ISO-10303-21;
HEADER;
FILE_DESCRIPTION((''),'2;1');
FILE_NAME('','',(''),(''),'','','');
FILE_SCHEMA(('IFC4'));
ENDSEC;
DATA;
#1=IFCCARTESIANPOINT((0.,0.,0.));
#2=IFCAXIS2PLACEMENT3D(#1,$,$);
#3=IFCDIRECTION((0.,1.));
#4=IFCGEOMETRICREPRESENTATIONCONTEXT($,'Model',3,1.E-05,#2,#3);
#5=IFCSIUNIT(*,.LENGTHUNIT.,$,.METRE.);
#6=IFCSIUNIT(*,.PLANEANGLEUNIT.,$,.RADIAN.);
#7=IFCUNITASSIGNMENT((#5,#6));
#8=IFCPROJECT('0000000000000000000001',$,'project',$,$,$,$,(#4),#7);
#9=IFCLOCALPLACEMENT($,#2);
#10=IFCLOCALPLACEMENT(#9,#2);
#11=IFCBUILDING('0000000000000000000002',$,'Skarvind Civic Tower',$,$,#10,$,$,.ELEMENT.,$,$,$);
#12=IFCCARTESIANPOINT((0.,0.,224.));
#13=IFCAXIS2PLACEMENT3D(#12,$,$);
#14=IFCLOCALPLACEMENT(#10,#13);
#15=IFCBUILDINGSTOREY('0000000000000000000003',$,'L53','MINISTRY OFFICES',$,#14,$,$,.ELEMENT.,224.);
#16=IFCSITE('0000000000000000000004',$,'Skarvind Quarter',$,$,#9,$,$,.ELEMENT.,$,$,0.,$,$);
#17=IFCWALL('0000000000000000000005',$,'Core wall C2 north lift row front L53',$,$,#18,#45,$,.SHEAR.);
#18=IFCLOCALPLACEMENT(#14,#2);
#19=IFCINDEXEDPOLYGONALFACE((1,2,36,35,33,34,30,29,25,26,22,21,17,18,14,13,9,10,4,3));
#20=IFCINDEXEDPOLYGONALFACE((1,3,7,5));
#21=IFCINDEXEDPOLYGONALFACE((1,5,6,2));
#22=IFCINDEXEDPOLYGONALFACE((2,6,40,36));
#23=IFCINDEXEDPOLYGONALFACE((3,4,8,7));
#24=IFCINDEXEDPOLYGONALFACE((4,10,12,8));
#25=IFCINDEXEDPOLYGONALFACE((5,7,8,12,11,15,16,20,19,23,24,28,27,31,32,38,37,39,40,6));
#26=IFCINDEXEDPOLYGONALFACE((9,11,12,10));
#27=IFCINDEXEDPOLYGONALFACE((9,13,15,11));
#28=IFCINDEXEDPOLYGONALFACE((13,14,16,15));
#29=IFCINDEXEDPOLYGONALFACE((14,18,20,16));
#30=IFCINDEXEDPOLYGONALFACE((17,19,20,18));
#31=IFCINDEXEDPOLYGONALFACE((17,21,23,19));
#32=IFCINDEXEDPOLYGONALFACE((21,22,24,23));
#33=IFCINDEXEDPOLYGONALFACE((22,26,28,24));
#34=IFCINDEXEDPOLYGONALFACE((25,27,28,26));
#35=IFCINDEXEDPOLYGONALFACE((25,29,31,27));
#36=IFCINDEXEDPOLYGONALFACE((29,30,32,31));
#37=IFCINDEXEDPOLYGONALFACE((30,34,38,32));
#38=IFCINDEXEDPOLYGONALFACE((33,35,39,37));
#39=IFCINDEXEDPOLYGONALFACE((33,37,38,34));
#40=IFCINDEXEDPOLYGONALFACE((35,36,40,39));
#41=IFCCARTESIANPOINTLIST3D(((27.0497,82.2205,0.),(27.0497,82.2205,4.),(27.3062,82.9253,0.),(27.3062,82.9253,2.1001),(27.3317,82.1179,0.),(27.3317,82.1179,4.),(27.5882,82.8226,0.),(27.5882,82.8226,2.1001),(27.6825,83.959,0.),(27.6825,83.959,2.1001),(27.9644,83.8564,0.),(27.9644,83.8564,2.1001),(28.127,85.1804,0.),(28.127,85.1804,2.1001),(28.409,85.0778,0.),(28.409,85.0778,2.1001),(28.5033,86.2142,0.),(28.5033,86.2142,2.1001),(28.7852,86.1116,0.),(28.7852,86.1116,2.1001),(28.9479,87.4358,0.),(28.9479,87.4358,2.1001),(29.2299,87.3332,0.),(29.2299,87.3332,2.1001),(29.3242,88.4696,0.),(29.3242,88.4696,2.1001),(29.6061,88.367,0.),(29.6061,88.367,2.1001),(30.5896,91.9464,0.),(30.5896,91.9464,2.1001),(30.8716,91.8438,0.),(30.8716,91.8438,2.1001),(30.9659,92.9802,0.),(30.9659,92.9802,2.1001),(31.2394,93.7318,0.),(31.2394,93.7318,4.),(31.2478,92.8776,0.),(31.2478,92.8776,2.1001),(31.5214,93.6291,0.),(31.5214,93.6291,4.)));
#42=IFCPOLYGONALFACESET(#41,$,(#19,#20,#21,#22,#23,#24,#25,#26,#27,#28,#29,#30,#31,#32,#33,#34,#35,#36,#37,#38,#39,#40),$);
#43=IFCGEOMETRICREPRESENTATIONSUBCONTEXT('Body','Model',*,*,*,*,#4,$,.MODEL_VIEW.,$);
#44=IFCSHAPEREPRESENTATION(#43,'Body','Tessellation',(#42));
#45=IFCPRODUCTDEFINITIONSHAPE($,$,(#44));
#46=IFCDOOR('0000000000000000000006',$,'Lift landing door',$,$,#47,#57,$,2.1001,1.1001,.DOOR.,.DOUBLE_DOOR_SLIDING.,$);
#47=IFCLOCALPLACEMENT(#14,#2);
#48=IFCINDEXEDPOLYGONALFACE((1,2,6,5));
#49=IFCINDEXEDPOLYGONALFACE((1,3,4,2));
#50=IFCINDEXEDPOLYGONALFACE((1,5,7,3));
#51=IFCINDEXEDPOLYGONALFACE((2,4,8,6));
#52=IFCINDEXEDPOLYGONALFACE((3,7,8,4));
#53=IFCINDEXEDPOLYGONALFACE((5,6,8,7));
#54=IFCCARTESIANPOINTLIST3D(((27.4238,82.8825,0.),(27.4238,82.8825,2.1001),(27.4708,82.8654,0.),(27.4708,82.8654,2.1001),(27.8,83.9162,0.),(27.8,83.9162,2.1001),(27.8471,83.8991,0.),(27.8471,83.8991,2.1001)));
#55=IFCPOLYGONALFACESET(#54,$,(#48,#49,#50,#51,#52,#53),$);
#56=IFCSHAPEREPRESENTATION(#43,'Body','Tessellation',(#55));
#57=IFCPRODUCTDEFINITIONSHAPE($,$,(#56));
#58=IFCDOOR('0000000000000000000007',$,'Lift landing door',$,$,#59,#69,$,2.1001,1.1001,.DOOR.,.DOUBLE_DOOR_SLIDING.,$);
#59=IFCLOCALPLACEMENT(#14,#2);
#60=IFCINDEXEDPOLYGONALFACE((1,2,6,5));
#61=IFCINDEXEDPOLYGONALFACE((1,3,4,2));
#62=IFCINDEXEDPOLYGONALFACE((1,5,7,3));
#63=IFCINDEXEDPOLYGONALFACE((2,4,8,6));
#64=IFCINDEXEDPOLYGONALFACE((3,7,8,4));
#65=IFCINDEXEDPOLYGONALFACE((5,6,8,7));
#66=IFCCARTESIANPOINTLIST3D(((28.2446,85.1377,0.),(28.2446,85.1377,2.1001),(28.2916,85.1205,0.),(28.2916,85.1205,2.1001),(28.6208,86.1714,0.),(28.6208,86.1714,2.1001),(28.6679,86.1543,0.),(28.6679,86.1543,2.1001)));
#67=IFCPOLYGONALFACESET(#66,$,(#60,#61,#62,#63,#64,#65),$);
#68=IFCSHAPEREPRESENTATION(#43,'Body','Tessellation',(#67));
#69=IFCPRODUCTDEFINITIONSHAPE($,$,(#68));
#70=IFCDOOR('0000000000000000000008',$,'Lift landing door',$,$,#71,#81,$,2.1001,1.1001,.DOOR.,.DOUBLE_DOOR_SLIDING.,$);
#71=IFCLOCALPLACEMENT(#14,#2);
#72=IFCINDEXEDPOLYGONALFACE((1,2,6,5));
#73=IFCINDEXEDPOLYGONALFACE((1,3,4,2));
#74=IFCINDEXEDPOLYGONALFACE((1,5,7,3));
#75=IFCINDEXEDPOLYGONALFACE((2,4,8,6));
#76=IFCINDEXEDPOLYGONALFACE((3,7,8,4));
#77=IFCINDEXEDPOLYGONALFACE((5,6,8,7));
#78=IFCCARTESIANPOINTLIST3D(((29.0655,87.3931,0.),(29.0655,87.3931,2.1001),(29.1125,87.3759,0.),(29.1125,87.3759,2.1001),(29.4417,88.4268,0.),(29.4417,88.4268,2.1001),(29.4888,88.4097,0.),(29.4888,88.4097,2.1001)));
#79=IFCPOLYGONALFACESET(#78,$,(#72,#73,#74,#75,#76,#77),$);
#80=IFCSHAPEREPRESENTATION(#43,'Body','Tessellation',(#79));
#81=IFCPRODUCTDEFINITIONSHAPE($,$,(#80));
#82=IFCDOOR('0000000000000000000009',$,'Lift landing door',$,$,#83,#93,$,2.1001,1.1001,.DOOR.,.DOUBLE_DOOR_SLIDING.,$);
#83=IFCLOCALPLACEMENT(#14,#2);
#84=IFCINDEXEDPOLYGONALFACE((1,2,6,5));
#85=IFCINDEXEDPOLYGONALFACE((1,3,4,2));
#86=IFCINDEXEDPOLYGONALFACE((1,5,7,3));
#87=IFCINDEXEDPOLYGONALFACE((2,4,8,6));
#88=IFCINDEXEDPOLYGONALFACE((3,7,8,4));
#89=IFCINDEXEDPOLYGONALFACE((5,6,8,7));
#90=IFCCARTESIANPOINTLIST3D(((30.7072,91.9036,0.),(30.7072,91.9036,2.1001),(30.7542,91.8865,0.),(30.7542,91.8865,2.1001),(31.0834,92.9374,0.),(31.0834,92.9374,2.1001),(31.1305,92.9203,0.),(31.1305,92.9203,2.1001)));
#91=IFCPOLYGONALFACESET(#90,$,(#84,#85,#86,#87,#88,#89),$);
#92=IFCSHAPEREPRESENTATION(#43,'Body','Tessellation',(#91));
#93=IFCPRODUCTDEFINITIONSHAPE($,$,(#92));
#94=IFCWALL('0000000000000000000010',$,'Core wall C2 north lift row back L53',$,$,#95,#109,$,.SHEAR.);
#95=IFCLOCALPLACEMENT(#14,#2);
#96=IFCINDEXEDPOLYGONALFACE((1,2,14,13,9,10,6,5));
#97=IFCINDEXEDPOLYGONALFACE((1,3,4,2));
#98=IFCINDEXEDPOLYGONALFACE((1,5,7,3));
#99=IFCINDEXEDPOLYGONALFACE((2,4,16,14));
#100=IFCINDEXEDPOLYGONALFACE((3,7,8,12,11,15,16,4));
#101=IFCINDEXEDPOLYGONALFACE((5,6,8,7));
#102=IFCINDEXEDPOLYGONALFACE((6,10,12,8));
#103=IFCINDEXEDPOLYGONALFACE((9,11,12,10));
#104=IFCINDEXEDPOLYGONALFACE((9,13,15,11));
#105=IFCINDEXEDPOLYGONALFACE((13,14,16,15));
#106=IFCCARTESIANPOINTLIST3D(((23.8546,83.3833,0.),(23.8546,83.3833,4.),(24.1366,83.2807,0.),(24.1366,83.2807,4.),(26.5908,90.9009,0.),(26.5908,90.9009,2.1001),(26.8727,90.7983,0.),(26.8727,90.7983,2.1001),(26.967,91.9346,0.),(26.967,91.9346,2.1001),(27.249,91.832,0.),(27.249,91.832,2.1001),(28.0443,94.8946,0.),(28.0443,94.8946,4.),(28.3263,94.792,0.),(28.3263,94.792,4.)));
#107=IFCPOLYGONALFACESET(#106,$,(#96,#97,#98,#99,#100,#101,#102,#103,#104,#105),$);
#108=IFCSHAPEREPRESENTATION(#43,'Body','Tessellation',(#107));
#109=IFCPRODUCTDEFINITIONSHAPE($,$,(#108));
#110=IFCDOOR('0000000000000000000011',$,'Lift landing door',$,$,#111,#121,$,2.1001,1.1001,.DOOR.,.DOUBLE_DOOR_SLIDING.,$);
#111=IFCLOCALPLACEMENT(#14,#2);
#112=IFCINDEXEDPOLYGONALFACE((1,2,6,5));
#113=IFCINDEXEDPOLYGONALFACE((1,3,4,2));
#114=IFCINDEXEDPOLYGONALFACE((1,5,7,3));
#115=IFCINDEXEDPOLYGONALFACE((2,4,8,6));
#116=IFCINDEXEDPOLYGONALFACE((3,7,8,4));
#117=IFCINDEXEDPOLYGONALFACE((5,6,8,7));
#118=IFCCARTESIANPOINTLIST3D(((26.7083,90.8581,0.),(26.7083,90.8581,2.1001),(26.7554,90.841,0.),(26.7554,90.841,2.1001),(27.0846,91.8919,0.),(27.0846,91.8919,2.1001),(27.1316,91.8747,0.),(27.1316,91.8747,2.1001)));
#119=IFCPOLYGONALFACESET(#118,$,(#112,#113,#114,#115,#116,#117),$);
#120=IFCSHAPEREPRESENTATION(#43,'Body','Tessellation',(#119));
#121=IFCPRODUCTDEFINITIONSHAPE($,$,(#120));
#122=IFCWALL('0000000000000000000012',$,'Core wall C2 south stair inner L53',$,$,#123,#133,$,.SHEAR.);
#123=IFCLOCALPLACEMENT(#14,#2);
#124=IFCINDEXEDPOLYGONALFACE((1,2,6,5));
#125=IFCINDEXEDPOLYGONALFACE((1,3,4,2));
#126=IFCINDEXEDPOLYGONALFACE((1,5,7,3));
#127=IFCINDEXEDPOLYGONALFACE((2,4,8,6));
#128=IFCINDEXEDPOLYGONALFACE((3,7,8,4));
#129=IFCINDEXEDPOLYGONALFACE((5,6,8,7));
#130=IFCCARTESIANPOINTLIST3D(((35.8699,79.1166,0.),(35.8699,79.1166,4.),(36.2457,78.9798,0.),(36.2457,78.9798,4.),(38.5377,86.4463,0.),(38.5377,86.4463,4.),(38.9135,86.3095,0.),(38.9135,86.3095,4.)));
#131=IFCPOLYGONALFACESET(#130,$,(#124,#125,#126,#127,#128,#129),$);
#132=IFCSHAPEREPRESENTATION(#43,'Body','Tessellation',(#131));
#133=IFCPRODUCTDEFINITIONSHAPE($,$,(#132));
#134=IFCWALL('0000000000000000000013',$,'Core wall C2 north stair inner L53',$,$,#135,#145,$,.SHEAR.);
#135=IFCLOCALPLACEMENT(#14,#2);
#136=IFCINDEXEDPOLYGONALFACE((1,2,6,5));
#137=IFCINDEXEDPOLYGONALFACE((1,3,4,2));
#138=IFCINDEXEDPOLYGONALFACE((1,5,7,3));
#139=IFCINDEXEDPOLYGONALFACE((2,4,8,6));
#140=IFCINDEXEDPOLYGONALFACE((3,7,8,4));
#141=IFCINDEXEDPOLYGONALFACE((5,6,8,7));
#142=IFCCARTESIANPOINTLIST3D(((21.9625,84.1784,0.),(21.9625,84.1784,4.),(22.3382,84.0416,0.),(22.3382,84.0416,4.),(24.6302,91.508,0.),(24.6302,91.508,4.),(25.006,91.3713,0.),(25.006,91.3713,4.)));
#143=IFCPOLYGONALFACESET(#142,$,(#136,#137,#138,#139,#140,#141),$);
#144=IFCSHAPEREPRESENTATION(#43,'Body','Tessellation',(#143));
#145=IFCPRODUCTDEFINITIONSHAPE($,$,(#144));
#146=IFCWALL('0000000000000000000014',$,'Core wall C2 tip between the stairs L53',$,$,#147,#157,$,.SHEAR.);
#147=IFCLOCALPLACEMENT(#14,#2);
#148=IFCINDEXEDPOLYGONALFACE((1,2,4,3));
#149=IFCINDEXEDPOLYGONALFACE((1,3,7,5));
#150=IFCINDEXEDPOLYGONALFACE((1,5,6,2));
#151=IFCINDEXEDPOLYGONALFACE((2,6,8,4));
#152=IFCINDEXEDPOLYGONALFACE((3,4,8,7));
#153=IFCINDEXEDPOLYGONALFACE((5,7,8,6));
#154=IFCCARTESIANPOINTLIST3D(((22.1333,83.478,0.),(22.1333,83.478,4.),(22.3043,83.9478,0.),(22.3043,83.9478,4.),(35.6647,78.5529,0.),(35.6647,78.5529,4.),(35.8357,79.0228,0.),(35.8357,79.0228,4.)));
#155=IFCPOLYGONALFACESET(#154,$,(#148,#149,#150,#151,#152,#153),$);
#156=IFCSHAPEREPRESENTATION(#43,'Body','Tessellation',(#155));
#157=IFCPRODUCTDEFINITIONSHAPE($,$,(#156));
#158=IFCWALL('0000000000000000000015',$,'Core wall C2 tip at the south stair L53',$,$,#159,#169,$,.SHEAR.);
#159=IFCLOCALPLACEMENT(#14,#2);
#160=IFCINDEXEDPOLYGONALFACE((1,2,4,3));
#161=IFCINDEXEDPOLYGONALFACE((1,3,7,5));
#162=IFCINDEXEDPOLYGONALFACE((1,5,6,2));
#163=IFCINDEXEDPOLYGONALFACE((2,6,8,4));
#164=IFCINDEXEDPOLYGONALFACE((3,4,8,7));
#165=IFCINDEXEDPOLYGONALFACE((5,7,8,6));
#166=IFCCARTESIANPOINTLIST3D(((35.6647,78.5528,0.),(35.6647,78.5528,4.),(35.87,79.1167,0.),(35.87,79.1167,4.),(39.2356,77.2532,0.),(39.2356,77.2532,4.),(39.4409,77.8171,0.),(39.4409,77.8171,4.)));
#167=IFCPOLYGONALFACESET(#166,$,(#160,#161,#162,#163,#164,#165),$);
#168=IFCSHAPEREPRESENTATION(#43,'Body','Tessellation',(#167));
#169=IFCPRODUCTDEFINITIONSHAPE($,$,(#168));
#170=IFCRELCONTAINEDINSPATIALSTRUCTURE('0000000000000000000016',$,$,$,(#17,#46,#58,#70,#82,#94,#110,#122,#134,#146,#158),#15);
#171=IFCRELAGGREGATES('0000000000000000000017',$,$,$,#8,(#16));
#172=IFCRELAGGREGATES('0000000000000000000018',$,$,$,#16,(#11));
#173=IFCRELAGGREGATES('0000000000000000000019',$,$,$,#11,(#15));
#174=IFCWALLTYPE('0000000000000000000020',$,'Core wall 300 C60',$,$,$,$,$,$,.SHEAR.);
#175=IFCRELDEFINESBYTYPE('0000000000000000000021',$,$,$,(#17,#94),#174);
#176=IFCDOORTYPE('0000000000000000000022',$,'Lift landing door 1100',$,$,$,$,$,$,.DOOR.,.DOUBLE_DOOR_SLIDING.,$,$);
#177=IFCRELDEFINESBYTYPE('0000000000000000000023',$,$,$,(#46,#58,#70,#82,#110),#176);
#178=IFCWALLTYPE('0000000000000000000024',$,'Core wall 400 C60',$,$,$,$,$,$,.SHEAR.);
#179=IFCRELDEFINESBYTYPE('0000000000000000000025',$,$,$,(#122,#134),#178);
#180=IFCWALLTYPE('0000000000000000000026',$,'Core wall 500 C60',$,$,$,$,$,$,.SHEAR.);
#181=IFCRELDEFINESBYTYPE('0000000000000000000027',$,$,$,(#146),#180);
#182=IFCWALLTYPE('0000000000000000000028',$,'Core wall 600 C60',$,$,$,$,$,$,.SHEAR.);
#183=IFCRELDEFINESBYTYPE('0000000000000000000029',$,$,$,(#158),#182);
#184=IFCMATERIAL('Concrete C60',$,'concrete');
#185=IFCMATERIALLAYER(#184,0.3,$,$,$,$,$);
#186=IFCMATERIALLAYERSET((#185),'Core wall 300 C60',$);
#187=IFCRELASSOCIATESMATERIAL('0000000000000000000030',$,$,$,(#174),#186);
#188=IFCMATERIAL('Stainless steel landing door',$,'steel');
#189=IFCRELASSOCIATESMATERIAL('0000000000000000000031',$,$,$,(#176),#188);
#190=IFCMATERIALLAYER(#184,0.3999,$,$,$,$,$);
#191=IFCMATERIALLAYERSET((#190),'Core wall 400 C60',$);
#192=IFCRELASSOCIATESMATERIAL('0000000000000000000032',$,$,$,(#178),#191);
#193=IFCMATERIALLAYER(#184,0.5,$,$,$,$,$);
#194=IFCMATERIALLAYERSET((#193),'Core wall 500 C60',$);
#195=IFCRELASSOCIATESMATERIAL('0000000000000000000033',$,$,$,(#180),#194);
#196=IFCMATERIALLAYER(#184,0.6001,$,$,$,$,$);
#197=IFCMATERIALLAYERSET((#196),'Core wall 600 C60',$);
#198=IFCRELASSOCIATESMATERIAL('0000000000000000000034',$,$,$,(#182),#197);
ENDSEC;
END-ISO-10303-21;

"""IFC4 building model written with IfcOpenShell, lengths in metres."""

from ifc_helpers import new_model, si_unit, direction, frame, frame_2d, origin, place, context, subcontext, project, spatial, rectangle, extrude, material, layer, layer_set, type_object, element, fill, save


model = new_model("IFC4")

# Units and contexts
model_context = context("Model", 3, precision=1e-05, world=origin(), true_north=direction((0.0, 1.0)))
body_context = subcontext(model_context, "Body", "Model", "MODEL_VIEW")
ifc_project = project(units=[si_unit("LENGTHUNIT", "METRE"), si_unit("PLANEANGLEUNIT", "RADIAN")], contexts=[model_context])

# Site, building, storey
site_placement = place(None, origin())
site = spatial("IfcSite", under=ifc_project, at=site_placement, Name="Skarvind Quarter", CompositionType="ELEMENT", RefElevation=0.0)
building_placement = place(site_placement, origin())
building = spatial("IfcBuilding", under=site, at=building_placement, Name="Skarvind Civic Tower", CompositionType="ELEMENT")
storey_placement = place(building_placement, frame((0.0, 0.0, 224.0)))
storey = spatial("IfcBuildingStorey", under=building, at=storey_placement, Name="L53", Description="MINISTRY OFFICES", CompositionType="ELEMENT", Elevation=224.0)

# Shared definitions
ifc_material_1 = material(Name="Concrete C60", Category="concrete")
ifc_layer_1 = layer(ifc_material_1, 0.3)
ifc_layer_set_1 = layer_set([ifc_layer_1], Name="Core wall 300 C60")
wall_type_1 = type_object("IfcWallType", Name="Core wall 300 C60", PredefinedType="SHEAR", material=ifc_layer_set_1)

# Wall, openings, doors
wall_1_placement = place(storey_placement, frame((27.1907, 82.1692, 0.0), z_axis=(0.0, 0.0, 1.0), x_axis=(0.342017, 0.939694, 0.0)))
wall_1 = element("IfcWall", 1, at=wall_1_placement, inside=storey, type_object=wall_type_1, Name="Core wall C2 north lift row front L53", PredefinedType="SHEAR", context=body_context, shape_type="SweptSolid", body=[
    extrude(rectangle(XDim=12.25, YDim=0.3, at=frame_2d((6.125, 0.0))), origin(), (0.0, 0.0, 1.0), 4.0),
])
opening_1_placement = place(wall_1_placement, frame((0.75, 0.0, 0.0)))
opening_1 = element("IfcOpeningElement", 2, at=opening_1_placement, cuts=wall_1, PredefinedType="OPENING", context=body_context, shape_type="SweptSolid", body=[
    extrude(rectangle(XDim=1.1001, YDim=2.1001, at=frame_2d((0.55, 1.05))), frame((0.0, 0.1599, 0.0), z_axis=(0.0, -1.0, 0.0), x_axis=(1.0, 0.0, 0.0)), (0.0, 0.0, 1.0), 0.3201),
])
opening_2_placement = place(wall_1_placement, frame((3.1499, 0.0, 0.0)))
opening_2 = element("IfcOpeningElement", 3, at=opening_2_placement, cuts=wall_1, PredefinedType="OPENING", context=body_context, shape_type="SweptSolid", body=[
    extrude(rectangle(XDim=1.1001, YDim=2.1001, at=frame_2d((0.55, 1.05))), frame((0.0, 0.1599, 0.0), z_axis=(0.0, -1.0, 0.0), x_axis=(1.0, 0.0, 0.0)), (0.0, 0.0, 1.0), 0.3201),
])
opening_3_placement = place(wall_1_placement, frame((5.55, 0.0, 0.0)))
opening_3 = element("IfcOpeningElement", 4, at=opening_3_placement, cuts=wall_1, PredefinedType="OPENING", context=body_context, shape_type="SweptSolid", body=[
    extrude(rectangle(XDim=1.1001, YDim=2.1001, at=frame_2d((0.55, 1.05))), frame((0.0, 0.1599, 0.0), z_axis=(0.0, -1.0, 0.0), x_axis=(1.0, 0.0, 0.0)), (0.0, 0.0, 1.0), 0.3201),
])
opening_4_placement = place(wall_1_placement, frame((10.3501, 0.0, 0.0)))
opening_4 = element("IfcOpeningElement", 5, at=opening_4_placement, cuts=wall_1, PredefinedType="OPENING", context=body_context, shape_type="SweptSolid", body=[
    extrude(rectangle(XDim=1.1001, YDim=2.1001, at=frame_2d((0.55, 1.05))), frame((0.0, 0.1599, 0.0), z_axis=(0.0, -1.0, 0.0), x_axis=(1.0, 0.0, 0.0)), (0.0, 0.0, 1.0), 0.3201),
])
ifc_material_2 = material(Name="Stainless steel landing door", Category="steel")
door_type_1 = type_object("IfcDoorType", Name="Lift landing door 1100", OperationType="DOUBLE_DOOR_SLIDING", PredefinedType="DOOR", material=ifc_material_2)
door_1_placement = place(opening_1_placement, origin())
door_1 = element("IfcDoor", 6, at=door_1_placement, inside=storey, type_object=door_type_1, Name="Lift landing door", OperationType="DOUBLE_DOOR_SLIDING", OverallHeight=2.1001, OverallWidth=1.1001, PredefinedType="DOOR", context=body_context, shape_type="SweptSolid", body=[
    extrude(rectangle(XDim=1.1001, YDim=2.1001, at=frame_2d((0.55, 1.05))), frame((0.0, 0.0249, 0.0), z_axis=(0.0, -1.0, 0.0), x_axis=(1.0, 0.0, 0.0)), (0.0, 0.0, 1.0), 0.05),
])
fill(opening_1, door_1)
door_2_placement = place(opening_2_placement, origin())
door_2 = element("IfcDoor", 7, at=door_2_placement, inside=storey, type_object=door_type_1, Name="Lift landing door", OperationType="DOUBLE_DOOR_SLIDING", OverallHeight=2.1001, OverallWidth=1.1001, PredefinedType="DOOR", context=body_context, shape_type="SweptSolid", body=[
    extrude(rectangle(XDim=1.1001, YDim=2.1001, at=frame_2d((0.55, 1.05))), frame((0.0, 0.0249, 0.0), z_axis=(0.0, -1.0, 0.0), x_axis=(1.0, 0.0, 0.0)), (0.0, 0.0, 1.0), 0.05),
])
fill(opening_2, door_2)
door_3_placement = place(opening_3_placement, origin())
door_3 = element("IfcDoor", 8, at=door_3_placement, inside=storey, type_object=door_type_1, Name="Lift landing door", OperationType="DOUBLE_DOOR_SLIDING", OverallHeight=2.1001, OverallWidth=1.1001, PredefinedType="DOOR", context=body_context, shape_type="SweptSolid", body=[
    extrude(rectangle(XDim=1.1001, YDim=2.1001, at=frame_2d((0.55, 1.05))), frame((0.0, 0.0249, 0.0), z_axis=(0.0, -1.0, 0.0), x_axis=(1.0, 0.0, 0.0)), (0.0, 0.0, 1.0), 0.05),
])
fill(opening_3, door_3)
door_4_placement = place(opening_4_placement, origin())
door_4 = element("IfcDoor", 9, at=door_4_placement, inside=storey, type_object=door_type_1, Name="Lift landing door", OperationType="DOUBLE_DOOR_SLIDING", OverallHeight=2.1001, OverallWidth=1.1001, PredefinedType="DOOR", context=body_context, shape_type="SweptSolid", body=[
    extrude(rectangle(XDim=1.1001, YDim=2.1001, at=frame_2d((0.55, 1.05))), frame((0.0, 0.0249, 0.0), z_axis=(0.0, -1.0, 0.0), x_axis=(1.0, 0.0, 0.0)), (0.0, 0.0, 1.0), 0.05),
])
fill(opening_4, door_4)

# Wall, opening, door
wall_2_placement = place(storey_placement, frame((23.9956, 83.332, 0.0), z_axis=(0.0, 0.0, 1.0), x_axis=(0.342017, 0.939694, 0.0)))
wall_2 = element("IfcWall", 10, at=wall_2_placement, inside=storey, type_object=wall_type_1, Name="Core wall C2 north lift row back L53", PredefinedType="SHEAR", context=body_context, shape_type="SweptSolid", body=[
    extrude(rectangle(XDim=12.25, YDim=0.3, at=frame_2d((6.125, 0.0))), origin(), (0.0, 0.0, 1.0), 4.0),
])
opening_5_placement = place(wall_2_placement, frame((8.0, 0.0, 0.0)))
opening_5 = element("IfcOpeningElement", 11, at=opening_5_placement, cuts=wall_2, PredefinedType="OPENING", context=body_context, shape_type="SweptSolid", body=[
    extrude(rectangle(XDim=1.1001, YDim=2.1001, at=frame_2d((0.55, 1.05))), frame((0.0, 0.1599, 0.0), z_axis=(0.0, -1.0, 0.0), x_axis=(1.0, 0.0, 0.0)), (0.0, 0.0, 1.0), 0.3201),
])
door_5_placement = place(opening_5_placement, origin())
door_5 = element("IfcDoor", 12, at=door_5_placement, inside=storey, type_object=door_type_1, Name="Lift landing door", OperationType="DOUBLE_DOOR_SLIDING", OverallHeight=2.1001, OverallWidth=1.1001, PredefinedType="DOOR", context=body_context, shape_type="SweptSolid", body=[
    extrude(rectangle(XDim=1.1001, YDim=2.1001, at=frame_2d((0.55, 1.05))), frame((0.0, 0.0249, 0.0), z_axis=(0.0, -1.0, 0.0), x_axis=(1.0, 0.0, 0.0)), (0.0, 0.0, 1.0), 0.05),
])
fill(opening_5, door_5)

# Walls
ifc_layer_2 = layer(ifc_material_1, 0.3999)
ifc_layer_set_2 = layer_set([ifc_layer_2], Name="Core wall 400 C60")
wall_type_2 = type_object("IfcWallType", Name="Core wall 400 C60", PredefinedType="SHEAR", material=ifc_layer_set_2)
for number, where, z_axis, x_axis, name in (
    (13, (36.0579, 79.0483, 0.0), (0.0, 0.0, 1.0), (0.342017, 0.939694, 0.0), "Core wall C2 south stair inner L53"),
    (14, (22.1504, 84.1101, 0.0), (0.0, 0.0, 1.0), (0.342017, 0.939694, 0.0), "Core wall C2 north stair inner L53"),
):
    element("IfcWall", number, at=place(storey_placement, frame(where, z_axis=z_axis, x_axis=x_axis)), inside=storey, type_object=wall_type_2, Name=name, PredefinedType="SHEAR", context=body_context, shape_type="SweptSolid", body=[
        extrude(rectangle(XDim=7.8, YDim=0.3999, at=frame_2d((3.8999, 0.0))), origin(), (0.0, 0.0, 1.0), 4.0),
    ])
ifc_layer_3 = layer(ifc_material_1, 0.5)
ifc_layer_set_3 = layer_set([ifc_layer_3], Name="Core wall 500 C60")
wall_type_3 = type_object("IfcWallType", Name="Core wall 500 C60", PredefinedType="SHEAR", material=ifc_layer_set_3)
wall_3_placement = place(storey_placement, frame((35.7502, 78.7878, 0.0), z_axis=(0.0, 0.0, 1.0), x_axis=(-0.939693, 0.342019, 0.0)))
element("IfcWall", 15, at=wall_3_placement, inside=storey, type_object=wall_type_3, Name="Core wall C2 tip between the stairs L53", PredefinedType="SHEAR", context=body_context, shape_type="SweptSolid", body=[
    extrude(rectangle(XDim=14.3999, YDim=0.5, at=frame_2d((7.2, 0.0))), origin(), (0.0, 0.0, 1.0), 4.0),
])
ifc_layer_4 = layer(ifc_material_1, 0.6001)
ifc_layer_set_4 = layer_set([ifc_layer_4], Name="Core wall 600 C60")
wall_type_4 = type_object("IfcWallType", Name="Core wall 600 C60", PredefinedType="SHEAR", material=ifc_layer_set_4)
for number, where, z_axis, x_axis, name in (
    (16, (39.3381, 77.5352, 0.0), (0.0, 0.0, 1.0), (-0.939701, 0.341996, 0.0), "Core wall C2 tip at the south stair L53"),
):
    element("IfcWall", number, at=place(storey_placement, frame(where, z_axis=z_axis, x_axis=x_axis)), inside=storey, type_object=wall_type_4, Name=name, PredefinedType="SHEAR", context=body_context, shape_type="SweptSolid", body=[
        extrude(rectangle(XDim=3.8, YDim=0.6001, at=frame_2d((1.8999, 0.0))), origin(), (0.0, 0.0, 1.0), 4.0),
    ])

save(model, "model.ifc")
